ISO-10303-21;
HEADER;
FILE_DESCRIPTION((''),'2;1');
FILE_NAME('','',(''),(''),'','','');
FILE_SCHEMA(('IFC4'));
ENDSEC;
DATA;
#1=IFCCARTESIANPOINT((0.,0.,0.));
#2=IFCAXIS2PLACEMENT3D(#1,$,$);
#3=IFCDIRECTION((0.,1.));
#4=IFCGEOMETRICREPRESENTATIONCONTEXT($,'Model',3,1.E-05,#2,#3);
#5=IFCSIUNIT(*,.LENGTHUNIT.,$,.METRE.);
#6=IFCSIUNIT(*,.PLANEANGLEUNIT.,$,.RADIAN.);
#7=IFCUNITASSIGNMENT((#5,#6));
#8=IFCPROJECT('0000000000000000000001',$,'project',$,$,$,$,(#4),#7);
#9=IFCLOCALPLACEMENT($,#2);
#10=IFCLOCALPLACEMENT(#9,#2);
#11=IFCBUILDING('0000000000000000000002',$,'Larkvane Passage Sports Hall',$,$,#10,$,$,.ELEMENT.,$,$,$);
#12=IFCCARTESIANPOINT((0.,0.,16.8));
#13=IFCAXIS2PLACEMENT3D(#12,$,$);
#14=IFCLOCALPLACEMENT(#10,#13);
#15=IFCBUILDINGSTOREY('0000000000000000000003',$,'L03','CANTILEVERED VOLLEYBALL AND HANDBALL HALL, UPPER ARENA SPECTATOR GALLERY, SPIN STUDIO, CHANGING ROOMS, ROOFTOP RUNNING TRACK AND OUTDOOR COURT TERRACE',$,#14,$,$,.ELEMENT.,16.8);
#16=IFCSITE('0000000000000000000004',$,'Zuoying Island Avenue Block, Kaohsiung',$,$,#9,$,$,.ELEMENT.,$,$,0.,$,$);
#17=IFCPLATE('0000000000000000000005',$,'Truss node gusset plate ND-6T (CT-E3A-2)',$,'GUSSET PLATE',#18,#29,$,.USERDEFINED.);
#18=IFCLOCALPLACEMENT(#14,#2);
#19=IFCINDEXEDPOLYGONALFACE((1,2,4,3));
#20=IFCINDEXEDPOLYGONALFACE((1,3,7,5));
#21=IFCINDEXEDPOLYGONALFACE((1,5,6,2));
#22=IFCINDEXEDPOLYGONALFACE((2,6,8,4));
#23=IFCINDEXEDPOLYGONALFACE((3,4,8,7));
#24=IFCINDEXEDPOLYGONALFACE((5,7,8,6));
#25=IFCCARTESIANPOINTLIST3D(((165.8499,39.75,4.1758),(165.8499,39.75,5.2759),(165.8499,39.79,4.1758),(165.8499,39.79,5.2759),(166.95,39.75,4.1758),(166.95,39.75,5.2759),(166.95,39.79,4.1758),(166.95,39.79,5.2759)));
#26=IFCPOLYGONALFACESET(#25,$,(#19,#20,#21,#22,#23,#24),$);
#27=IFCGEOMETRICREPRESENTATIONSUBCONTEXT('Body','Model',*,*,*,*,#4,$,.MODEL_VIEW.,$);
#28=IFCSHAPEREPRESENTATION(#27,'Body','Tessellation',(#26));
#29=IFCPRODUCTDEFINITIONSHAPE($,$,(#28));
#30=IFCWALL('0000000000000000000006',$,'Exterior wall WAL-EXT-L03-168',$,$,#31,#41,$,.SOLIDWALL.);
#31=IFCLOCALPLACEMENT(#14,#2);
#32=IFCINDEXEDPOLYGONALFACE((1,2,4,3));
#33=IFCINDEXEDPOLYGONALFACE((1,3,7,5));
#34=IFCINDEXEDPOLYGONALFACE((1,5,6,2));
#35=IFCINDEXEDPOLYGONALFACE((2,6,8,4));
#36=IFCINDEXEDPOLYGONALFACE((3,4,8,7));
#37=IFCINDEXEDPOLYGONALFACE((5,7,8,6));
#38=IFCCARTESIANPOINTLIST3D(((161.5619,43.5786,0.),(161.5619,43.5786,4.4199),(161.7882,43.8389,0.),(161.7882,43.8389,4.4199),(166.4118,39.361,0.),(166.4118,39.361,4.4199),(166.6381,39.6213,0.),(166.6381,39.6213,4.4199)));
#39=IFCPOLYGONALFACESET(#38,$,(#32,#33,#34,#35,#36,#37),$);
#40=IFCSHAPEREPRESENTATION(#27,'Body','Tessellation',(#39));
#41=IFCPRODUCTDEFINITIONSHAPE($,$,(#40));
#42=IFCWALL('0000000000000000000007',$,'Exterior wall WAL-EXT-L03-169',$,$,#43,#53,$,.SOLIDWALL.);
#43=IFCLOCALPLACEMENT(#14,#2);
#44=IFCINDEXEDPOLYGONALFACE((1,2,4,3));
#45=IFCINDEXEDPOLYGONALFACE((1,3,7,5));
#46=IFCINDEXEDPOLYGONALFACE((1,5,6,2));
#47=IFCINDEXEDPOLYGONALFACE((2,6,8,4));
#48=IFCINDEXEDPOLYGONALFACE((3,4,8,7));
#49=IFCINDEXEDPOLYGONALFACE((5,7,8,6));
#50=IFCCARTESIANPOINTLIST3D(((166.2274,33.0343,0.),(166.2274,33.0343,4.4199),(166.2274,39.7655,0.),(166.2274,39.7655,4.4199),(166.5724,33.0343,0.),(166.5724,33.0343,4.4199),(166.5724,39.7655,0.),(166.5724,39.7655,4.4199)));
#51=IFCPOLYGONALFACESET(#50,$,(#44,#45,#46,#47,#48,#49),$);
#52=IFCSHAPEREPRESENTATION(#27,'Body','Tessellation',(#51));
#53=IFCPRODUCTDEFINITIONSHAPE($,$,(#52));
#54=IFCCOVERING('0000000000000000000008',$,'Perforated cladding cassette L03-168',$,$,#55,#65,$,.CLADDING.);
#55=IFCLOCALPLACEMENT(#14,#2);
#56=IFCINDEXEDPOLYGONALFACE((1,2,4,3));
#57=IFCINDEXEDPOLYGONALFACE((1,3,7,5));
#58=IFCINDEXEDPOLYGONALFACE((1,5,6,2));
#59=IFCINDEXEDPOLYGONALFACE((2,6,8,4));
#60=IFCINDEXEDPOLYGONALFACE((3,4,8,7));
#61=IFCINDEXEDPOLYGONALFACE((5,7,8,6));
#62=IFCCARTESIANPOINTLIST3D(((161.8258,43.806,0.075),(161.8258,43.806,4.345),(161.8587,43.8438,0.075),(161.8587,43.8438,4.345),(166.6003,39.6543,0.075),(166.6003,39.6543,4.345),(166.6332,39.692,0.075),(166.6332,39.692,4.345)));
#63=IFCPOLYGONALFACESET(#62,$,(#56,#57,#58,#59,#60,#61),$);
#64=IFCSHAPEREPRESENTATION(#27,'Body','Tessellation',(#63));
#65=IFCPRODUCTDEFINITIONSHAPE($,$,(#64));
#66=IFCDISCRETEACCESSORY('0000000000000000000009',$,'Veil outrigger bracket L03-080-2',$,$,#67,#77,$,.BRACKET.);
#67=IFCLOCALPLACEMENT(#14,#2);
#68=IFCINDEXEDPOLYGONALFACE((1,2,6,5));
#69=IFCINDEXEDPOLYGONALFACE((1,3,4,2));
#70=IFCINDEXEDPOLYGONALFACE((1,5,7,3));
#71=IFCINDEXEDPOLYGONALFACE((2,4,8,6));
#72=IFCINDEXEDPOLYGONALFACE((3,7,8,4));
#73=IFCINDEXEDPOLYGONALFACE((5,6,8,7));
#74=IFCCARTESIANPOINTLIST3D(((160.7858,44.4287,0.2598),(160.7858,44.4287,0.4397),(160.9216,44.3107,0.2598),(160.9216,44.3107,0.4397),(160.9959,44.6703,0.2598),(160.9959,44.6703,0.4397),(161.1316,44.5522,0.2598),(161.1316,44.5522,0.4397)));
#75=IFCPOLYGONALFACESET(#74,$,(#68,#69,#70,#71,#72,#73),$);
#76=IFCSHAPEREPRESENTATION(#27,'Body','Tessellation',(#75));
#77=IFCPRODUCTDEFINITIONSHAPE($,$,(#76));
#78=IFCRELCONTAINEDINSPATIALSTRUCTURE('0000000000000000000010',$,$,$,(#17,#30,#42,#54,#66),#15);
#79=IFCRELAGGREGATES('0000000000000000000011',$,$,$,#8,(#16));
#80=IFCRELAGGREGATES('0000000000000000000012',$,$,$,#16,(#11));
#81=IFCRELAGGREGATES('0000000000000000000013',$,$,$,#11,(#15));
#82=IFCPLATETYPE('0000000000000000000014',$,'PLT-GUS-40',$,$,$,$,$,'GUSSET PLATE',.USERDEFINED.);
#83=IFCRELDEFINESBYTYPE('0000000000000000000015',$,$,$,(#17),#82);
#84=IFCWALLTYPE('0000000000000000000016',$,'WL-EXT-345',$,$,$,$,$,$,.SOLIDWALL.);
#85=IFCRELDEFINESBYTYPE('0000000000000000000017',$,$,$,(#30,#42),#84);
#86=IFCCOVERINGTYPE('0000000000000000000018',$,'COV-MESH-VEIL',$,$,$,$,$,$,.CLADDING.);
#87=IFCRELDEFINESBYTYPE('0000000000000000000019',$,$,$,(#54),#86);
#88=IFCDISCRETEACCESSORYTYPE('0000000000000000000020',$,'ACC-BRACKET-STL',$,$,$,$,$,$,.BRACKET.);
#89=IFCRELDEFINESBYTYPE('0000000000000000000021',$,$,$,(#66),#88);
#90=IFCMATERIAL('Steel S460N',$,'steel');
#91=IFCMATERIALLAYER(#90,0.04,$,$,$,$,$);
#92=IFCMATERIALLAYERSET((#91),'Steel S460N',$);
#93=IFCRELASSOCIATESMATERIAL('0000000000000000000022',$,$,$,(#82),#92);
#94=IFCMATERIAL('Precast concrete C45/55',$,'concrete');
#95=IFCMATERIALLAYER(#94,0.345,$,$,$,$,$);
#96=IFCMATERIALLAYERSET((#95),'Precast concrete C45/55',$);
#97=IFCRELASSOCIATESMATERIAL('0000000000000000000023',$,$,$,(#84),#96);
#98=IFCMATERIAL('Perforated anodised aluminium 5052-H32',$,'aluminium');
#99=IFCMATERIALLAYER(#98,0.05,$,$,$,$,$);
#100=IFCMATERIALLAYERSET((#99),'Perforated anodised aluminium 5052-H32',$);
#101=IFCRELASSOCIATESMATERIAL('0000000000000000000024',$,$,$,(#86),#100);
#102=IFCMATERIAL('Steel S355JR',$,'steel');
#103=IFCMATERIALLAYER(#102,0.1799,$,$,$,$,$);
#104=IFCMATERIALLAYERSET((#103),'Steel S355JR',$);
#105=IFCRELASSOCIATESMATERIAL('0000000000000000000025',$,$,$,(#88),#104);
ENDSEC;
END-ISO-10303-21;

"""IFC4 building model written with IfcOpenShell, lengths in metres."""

from ifc_helpers import new_model, si_unit, direction, frame, frame_2d, origin, origin_2d, place, context, subcontext, project, spatial, rectangle, extrude, material, layer, layer_set, type_object, element, save


model = new_model("IFC4")

# Units and contexts
model_context = context("Model", 3, precision=1e-05, world=origin(), true_north=direction((0.0, 1.0)))
body_context = subcontext(model_context, "Body", "Model", "MODEL_VIEW")
ifc_project = project(units=[si_unit("LENGTHUNIT", "METRE"), si_unit("PLANEANGLEUNIT", "RADIAN")], contexts=[model_context])

# Site, building, storey
site_placement = place(None, origin())
site = spatial("IfcSite", under=ifc_project, at=site_placement, Name="Zuoying Island Avenue Block, Kaohsiung", CompositionType="ELEMENT", RefElevation=0.0)
building_placement = place(site_placement, origin())
building = spatial("IfcBuilding", under=site, at=building_placement, Name="Larkvane Passage Sports Hall", CompositionType="ELEMENT")
storey_placement = place(building_placement, frame((0.0, 0.0, 16.8)))
storey = spatial("IfcBuildingStorey", under=building, at=storey_placement, Name="L03", Description="CANTILEVERED VOLLEYBALL AND HANDBALL HALL, UPPER ARENA SPECTATOR GALLERY, SPIN STUDIO, CHANGING ROOMS, ROOFTOP RUNNING TRACK AND OUTDOOR COURT TERRACE", CompositionType="ELEMENT", Elevation=16.8)

# Plate
ifc_material_1 = material(Name="Steel S460N", Category="steel")
ifc_layer_1 = layer(ifc_material_1, 0.04)
ifc_layer_set_1 = layer_set([ifc_layer_1], Name="Steel S460N")
plate_type_1 = type_object("IfcPlateType", Name="PLT-GUS-40", ElementType="GUSSET PLATE", PredefinedType="USERDEFINED", material=ifc_layer_set_1)
for number, where, z_axis, x_axis, name in (
    (1, (166.3999, 39.77, 4.1758), (0.0, 0.0, 1.0), (1.0, 0.0, 0.0), "Truss node gusset plate ND-6T (CT-E3A-2)"),
):
    element("IfcPlate", number, at=place(storey_placement, frame(where, z_axis=z_axis, x_axis=x_axis)), inside=storey, type_object=plate_type_1, Name=name, ObjectType="GUSSET PLATE", PredefinedType="USERDEFINED", context=body_context, shape_type="SweptSolid", body=[
        extrude(rectangle(XDim=1.1001, YDim=0.04, at=origin_2d()), origin(), (0.0, 0.0, 1.0), 1.1001),
    ])

# Walls
ifc_material_2 = material(Name="Precast concrete C45/55", Category="concrete")
ifc_layer_2 = layer(ifc_material_2, 0.345)
ifc_layer_set_2 = layer_set([ifc_layer_2], Name="Precast concrete C45/55")
wall_type = type_object("IfcWallType", Name="WL-EXT-345", PredefinedType="SOLIDWALL", material=ifc_layer_set_2)
wall_1_placement = place(storey_placement, frame((161.675, 43.7087, 0.0), z_axis=(0.0, 0.0, 1.0), x_axis=(0.754585, -0.656202, 0.0)))
element("IfcWall", 2, at=wall_1_placement, inside=storey, type_object=wall_type, Name="Exterior wall WAL-EXT-L03-168", PredefinedType="SOLIDWALL", context=body_context, shape_type="SweptSolid", body=[
    extrude(rectangle(XDim=6.4272, YDim=0.345, at=frame_2d((3.2136, 0.0))), origin(), (0.0, 0.0, 1.0), 4.4199),
])
wall_2_placement = place(storey_placement, frame((166.3999, 39.7656, 0.0), z_axis=(0.0, 0.0, 1.0), x_axis=(0.0, -1.0, 0.0)))
element("IfcWall", 3, at=wall_2_placement, inside=storey, type_object=wall_type, Name="Exterior wall WAL-EXT-L03-169", PredefinedType="SOLIDWALL", context=body_context, shape_type="SweptSolid", body=[
    extrude(rectangle(XDim=6.7312, YDim=0.345, at=frame_2d((3.3657, 0.0))), origin(), (0.0, 0.0, 1.0), 4.4199),
])

# Covering
ifc_material_3 = material(Name="Perforated anodised aluminium 5052-H32", Category="aluminium")
ifc_layer_3 = layer(ifc_material_3, 0.05)
ifc_layer_set_3 = layer_set([ifc_layer_3], Name="Perforated anodised aluminium 5052-H32")
covering_type = type_object("IfcCoveringType", Name="COV-MESH-VEIL", PredefinedType="CLADDING", material=ifc_layer_set_3)
covering_placement = place(storey_placement, frame((164.2295, 41.749, 0.075), z_axis=(0.0, 0.0, 1.0), x_axis=(0.754606, -0.656179, 0.0)))
element("IfcCovering", 4, at=covering_placement, inside=storey, type_object=covering_type, Name="Perforated cladding cassette L03-168", PredefinedType="CLADDING", context=body_context, shape_type="SweptSolid", body=[
    extrude(rectangle(XDim=6.3271, YDim=0.05, at=origin_2d()), origin(), (0.0, 0.0, 1.0), 4.27),
])

# Discrete accessory
ifc_material_4 = material(Name="Steel S355JR", Category="steel")
ifc_layer_4 = layer(ifc_material_4, 0.1799)
ifc_layer_set_4 = layer_set([ifc_layer_4], Name="Steel S355JR")
discrete_accessory_type = type_object("IfcDiscreteAccessoryType", Name="ACC-BRACKET-STL", PredefinedType="BRACKET", material=ifc_layer_set_4)
discrete_accessory_placement = place(storey_placement, frame((160.9587, 44.4905, 0.2598), z_axis=(0.0, 0.0, 1.0), x_axis=(0.754606, -0.656179, 0.0)))
element("IfcDiscreteAccessory", 5, at=discrete_accessory_placement, inside=storey, type_object=discrete_accessory_type, Name="Veil outrigger bracket L03-080-2", PredefinedType="BRACKET", context=body_context, shape_type="SweptSolid", body=[
    extrude(rectangle(XDim=0.1799, YDim=0.3201, at=origin_2d()), origin(), (0.0, 0.0, 1.0), 0.1799),
])

save(model, "model.ifc")
